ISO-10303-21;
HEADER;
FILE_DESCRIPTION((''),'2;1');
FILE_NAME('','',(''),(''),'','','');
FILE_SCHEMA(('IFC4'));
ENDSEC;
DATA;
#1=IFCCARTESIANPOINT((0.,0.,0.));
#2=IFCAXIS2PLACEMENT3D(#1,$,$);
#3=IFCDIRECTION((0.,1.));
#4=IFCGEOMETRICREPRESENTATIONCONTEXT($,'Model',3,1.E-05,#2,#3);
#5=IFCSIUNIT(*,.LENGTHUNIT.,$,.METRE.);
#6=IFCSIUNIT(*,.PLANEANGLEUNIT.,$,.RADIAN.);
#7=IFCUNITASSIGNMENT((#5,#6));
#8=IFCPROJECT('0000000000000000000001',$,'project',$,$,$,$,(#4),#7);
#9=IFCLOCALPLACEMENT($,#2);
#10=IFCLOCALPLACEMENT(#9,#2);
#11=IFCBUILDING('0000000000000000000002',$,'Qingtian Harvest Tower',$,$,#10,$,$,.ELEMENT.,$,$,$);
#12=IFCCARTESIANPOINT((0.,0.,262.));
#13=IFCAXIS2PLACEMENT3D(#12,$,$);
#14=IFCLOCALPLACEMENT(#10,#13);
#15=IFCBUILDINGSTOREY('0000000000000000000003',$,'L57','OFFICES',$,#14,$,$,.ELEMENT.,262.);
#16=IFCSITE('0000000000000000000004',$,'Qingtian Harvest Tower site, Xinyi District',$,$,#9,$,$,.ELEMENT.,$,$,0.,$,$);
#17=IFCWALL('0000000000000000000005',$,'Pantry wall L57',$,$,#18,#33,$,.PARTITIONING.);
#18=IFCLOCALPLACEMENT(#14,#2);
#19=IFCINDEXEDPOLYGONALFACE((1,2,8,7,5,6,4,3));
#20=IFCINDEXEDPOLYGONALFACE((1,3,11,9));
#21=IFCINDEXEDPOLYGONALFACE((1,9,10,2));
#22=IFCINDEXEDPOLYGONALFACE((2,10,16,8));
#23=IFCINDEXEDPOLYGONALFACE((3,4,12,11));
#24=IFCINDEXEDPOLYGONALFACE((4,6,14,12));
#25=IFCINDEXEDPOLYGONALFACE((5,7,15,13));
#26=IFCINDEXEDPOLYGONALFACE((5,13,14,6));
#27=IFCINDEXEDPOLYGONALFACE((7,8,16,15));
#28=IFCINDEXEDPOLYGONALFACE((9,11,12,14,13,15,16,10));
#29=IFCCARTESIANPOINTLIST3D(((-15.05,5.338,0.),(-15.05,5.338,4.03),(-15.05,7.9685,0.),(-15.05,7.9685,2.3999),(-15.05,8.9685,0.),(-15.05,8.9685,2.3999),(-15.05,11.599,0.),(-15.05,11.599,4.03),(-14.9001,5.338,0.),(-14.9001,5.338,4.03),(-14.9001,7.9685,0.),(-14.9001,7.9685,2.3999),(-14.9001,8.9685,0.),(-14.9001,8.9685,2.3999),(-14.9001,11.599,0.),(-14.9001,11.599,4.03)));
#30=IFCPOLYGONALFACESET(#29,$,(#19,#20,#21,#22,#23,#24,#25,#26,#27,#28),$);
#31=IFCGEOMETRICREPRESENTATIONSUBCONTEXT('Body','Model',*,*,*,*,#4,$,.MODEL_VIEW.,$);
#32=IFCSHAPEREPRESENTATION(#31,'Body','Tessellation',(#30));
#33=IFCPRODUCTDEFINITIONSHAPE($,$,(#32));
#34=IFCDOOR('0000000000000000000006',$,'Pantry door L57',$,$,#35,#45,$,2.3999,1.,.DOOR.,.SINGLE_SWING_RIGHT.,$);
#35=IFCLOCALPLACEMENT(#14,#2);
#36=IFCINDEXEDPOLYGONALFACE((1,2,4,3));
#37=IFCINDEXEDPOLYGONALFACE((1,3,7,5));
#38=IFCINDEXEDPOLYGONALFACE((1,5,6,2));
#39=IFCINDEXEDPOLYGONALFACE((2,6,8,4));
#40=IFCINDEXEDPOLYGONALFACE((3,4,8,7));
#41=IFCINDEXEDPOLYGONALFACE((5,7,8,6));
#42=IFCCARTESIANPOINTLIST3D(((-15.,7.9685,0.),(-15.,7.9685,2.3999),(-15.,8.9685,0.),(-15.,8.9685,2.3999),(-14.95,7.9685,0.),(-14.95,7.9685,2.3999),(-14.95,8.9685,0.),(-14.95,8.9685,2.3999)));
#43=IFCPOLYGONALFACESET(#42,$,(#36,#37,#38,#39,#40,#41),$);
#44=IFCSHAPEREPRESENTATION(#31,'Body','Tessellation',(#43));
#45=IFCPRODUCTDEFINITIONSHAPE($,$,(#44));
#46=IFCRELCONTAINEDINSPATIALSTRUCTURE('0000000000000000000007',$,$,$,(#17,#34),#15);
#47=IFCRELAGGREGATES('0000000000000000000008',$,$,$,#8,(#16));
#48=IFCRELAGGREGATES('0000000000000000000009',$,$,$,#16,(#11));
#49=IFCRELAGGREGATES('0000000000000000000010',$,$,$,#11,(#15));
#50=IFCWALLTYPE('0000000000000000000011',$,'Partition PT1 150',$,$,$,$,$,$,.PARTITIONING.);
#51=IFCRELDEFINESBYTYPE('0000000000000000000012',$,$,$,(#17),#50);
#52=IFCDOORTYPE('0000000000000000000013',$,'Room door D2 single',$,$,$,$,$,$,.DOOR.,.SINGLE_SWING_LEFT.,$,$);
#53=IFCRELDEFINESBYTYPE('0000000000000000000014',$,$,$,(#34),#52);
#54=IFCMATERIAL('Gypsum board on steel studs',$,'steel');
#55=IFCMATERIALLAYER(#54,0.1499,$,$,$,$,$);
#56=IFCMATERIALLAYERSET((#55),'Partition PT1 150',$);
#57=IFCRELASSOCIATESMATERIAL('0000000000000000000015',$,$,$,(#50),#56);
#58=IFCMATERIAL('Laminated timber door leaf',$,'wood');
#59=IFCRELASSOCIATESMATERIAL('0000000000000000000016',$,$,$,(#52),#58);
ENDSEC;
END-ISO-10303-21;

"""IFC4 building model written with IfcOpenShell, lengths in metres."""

from ifc_helpers import new_model, si_unit, direction, frame, frame_2d, origin, place, context, subcontext, project, spatial, rectangle, extrude, material, layer, layer_set, type_object, element, fill, save


model = new_model("IFC4")

# Units and contexts
model_context = context("Model", 3, precision=1e-05, world=origin(), true_north=direction((0.0, 1.0)))
body_context = subcontext(model_context, "Body", "Model", "MODEL_VIEW")
ifc_project = project(units=[si_unit("LENGTHUNIT", "METRE"), si_unit("PLANEANGLEUNIT", "RADIAN")], contexts=[model_context])

# Site, building, storey
site_placement = place(None, origin())
site = spatial("IfcSite", under=ifc_project, at=site_placement, Name="Qingtian Harvest Tower site, Xinyi District", CompositionType="ELEMENT", RefElevation=0.0)
building_placement = place(site_placement, origin())
building = spatial("IfcBuilding", under=site, at=building_placement, Name="Qingtian Harvest Tower", CompositionType="ELEMENT")
storey_placement = place(building_placement, frame((0.0, 0.0, 262.0)))
storey = spatial("IfcBuildingStorey", under=building, at=storey_placement, Name="L57", Description="OFFICES", CompositionType="ELEMENT", Elevation=262.0)

# Shared definitions
ifc_material_1 = material(Name="Gypsum board on steel studs", Category="steel")
ifc_layer_1 = layer(ifc_material_1, 0.1499)
ifc_layer_set_1 = layer_set([ifc_layer_1], Name="Partition PT1 150")
wall_type_1 = type_object("IfcWallType", Name="Partition PT1 150", PredefinedType="PARTITIONING", material=ifc_layer_set_1)

# Wall, opening, door
wall_1_placement = place(storey_placement, frame((-14.9751, 5.3381, 0.0), z_axis=(0.0, 0.0, 1.0), x_axis=(0.0, 1.0, 0.0)))
wall_1 = element("IfcWall", 1, at=wall_1_placement, inside=storey, type_object=wall_type_1, Name="Pantry wall L57", PredefinedType="PARTITIONING", context=body_context, shape_type="SweptSolid", body=[
    extrude(rectangle(XDim=6.261, YDim=0.1499, at=frame_2d((3.1304, 0.0))), origin(), (0.0, 0.0, 1.0), 4.03),
])
opening_1_placement = place(wall_1_placement, frame((2.6304, 0.0, 0.0)))
opening_1 = element("IfcOpeningElement", 2, at=opening_1_placement, cuts=wall_1, PredefinedType="OPENING", context=body_context, shape_type="SweptSolid", body=[
    extrude(rectangle(XDim=1.0, YDim=2.3999, at=frame_2d((0.5, 1.2))), frame((0.0, 0.085, 0.0), z_axis=(0.0, -1.0, 0.0), x_axis=(1.0, 0.0, 0.0)), (0.0, 0.0, 1.0), 0.1699),
])
ifc_material_2 = material(Name="Laminated timber door leaf", Category="wood")
door_type_1 = type_object("IfcDoorType", Name="Room door D2 single", OperationType="SINGLE_SWING_LEFT", PredefinedType="DOOR", material=ifc_material_2)
door_1_placement = place(opening_1_placement, origin())
door_1 = element("IfcDoor", 3, at=door_1_placement, inside=storey, type_object=door_type_1, Name="Pantry door L57", OperationType="SINGLE_SWING_RIGHT", OverallHeight=2.3999, OverallWidth=1.0, PredefinedType="DOOR", context=body_context, shape_type="SweptSolid", body=[
    extrude(rectangle(XDim=1.0, YDim=2.3999, at=frame_2d((0.5, 1.2))), frame((0.0, 0.0249, 0.0), z_axis=(0.0, -1.0, 0.0), x_axis=(1.0, 0.0, 0.0)), (0.0, 0.0, 1.0), 0.05),
])
fill(opening_1, door_1)

save(model, "model.ifc")
